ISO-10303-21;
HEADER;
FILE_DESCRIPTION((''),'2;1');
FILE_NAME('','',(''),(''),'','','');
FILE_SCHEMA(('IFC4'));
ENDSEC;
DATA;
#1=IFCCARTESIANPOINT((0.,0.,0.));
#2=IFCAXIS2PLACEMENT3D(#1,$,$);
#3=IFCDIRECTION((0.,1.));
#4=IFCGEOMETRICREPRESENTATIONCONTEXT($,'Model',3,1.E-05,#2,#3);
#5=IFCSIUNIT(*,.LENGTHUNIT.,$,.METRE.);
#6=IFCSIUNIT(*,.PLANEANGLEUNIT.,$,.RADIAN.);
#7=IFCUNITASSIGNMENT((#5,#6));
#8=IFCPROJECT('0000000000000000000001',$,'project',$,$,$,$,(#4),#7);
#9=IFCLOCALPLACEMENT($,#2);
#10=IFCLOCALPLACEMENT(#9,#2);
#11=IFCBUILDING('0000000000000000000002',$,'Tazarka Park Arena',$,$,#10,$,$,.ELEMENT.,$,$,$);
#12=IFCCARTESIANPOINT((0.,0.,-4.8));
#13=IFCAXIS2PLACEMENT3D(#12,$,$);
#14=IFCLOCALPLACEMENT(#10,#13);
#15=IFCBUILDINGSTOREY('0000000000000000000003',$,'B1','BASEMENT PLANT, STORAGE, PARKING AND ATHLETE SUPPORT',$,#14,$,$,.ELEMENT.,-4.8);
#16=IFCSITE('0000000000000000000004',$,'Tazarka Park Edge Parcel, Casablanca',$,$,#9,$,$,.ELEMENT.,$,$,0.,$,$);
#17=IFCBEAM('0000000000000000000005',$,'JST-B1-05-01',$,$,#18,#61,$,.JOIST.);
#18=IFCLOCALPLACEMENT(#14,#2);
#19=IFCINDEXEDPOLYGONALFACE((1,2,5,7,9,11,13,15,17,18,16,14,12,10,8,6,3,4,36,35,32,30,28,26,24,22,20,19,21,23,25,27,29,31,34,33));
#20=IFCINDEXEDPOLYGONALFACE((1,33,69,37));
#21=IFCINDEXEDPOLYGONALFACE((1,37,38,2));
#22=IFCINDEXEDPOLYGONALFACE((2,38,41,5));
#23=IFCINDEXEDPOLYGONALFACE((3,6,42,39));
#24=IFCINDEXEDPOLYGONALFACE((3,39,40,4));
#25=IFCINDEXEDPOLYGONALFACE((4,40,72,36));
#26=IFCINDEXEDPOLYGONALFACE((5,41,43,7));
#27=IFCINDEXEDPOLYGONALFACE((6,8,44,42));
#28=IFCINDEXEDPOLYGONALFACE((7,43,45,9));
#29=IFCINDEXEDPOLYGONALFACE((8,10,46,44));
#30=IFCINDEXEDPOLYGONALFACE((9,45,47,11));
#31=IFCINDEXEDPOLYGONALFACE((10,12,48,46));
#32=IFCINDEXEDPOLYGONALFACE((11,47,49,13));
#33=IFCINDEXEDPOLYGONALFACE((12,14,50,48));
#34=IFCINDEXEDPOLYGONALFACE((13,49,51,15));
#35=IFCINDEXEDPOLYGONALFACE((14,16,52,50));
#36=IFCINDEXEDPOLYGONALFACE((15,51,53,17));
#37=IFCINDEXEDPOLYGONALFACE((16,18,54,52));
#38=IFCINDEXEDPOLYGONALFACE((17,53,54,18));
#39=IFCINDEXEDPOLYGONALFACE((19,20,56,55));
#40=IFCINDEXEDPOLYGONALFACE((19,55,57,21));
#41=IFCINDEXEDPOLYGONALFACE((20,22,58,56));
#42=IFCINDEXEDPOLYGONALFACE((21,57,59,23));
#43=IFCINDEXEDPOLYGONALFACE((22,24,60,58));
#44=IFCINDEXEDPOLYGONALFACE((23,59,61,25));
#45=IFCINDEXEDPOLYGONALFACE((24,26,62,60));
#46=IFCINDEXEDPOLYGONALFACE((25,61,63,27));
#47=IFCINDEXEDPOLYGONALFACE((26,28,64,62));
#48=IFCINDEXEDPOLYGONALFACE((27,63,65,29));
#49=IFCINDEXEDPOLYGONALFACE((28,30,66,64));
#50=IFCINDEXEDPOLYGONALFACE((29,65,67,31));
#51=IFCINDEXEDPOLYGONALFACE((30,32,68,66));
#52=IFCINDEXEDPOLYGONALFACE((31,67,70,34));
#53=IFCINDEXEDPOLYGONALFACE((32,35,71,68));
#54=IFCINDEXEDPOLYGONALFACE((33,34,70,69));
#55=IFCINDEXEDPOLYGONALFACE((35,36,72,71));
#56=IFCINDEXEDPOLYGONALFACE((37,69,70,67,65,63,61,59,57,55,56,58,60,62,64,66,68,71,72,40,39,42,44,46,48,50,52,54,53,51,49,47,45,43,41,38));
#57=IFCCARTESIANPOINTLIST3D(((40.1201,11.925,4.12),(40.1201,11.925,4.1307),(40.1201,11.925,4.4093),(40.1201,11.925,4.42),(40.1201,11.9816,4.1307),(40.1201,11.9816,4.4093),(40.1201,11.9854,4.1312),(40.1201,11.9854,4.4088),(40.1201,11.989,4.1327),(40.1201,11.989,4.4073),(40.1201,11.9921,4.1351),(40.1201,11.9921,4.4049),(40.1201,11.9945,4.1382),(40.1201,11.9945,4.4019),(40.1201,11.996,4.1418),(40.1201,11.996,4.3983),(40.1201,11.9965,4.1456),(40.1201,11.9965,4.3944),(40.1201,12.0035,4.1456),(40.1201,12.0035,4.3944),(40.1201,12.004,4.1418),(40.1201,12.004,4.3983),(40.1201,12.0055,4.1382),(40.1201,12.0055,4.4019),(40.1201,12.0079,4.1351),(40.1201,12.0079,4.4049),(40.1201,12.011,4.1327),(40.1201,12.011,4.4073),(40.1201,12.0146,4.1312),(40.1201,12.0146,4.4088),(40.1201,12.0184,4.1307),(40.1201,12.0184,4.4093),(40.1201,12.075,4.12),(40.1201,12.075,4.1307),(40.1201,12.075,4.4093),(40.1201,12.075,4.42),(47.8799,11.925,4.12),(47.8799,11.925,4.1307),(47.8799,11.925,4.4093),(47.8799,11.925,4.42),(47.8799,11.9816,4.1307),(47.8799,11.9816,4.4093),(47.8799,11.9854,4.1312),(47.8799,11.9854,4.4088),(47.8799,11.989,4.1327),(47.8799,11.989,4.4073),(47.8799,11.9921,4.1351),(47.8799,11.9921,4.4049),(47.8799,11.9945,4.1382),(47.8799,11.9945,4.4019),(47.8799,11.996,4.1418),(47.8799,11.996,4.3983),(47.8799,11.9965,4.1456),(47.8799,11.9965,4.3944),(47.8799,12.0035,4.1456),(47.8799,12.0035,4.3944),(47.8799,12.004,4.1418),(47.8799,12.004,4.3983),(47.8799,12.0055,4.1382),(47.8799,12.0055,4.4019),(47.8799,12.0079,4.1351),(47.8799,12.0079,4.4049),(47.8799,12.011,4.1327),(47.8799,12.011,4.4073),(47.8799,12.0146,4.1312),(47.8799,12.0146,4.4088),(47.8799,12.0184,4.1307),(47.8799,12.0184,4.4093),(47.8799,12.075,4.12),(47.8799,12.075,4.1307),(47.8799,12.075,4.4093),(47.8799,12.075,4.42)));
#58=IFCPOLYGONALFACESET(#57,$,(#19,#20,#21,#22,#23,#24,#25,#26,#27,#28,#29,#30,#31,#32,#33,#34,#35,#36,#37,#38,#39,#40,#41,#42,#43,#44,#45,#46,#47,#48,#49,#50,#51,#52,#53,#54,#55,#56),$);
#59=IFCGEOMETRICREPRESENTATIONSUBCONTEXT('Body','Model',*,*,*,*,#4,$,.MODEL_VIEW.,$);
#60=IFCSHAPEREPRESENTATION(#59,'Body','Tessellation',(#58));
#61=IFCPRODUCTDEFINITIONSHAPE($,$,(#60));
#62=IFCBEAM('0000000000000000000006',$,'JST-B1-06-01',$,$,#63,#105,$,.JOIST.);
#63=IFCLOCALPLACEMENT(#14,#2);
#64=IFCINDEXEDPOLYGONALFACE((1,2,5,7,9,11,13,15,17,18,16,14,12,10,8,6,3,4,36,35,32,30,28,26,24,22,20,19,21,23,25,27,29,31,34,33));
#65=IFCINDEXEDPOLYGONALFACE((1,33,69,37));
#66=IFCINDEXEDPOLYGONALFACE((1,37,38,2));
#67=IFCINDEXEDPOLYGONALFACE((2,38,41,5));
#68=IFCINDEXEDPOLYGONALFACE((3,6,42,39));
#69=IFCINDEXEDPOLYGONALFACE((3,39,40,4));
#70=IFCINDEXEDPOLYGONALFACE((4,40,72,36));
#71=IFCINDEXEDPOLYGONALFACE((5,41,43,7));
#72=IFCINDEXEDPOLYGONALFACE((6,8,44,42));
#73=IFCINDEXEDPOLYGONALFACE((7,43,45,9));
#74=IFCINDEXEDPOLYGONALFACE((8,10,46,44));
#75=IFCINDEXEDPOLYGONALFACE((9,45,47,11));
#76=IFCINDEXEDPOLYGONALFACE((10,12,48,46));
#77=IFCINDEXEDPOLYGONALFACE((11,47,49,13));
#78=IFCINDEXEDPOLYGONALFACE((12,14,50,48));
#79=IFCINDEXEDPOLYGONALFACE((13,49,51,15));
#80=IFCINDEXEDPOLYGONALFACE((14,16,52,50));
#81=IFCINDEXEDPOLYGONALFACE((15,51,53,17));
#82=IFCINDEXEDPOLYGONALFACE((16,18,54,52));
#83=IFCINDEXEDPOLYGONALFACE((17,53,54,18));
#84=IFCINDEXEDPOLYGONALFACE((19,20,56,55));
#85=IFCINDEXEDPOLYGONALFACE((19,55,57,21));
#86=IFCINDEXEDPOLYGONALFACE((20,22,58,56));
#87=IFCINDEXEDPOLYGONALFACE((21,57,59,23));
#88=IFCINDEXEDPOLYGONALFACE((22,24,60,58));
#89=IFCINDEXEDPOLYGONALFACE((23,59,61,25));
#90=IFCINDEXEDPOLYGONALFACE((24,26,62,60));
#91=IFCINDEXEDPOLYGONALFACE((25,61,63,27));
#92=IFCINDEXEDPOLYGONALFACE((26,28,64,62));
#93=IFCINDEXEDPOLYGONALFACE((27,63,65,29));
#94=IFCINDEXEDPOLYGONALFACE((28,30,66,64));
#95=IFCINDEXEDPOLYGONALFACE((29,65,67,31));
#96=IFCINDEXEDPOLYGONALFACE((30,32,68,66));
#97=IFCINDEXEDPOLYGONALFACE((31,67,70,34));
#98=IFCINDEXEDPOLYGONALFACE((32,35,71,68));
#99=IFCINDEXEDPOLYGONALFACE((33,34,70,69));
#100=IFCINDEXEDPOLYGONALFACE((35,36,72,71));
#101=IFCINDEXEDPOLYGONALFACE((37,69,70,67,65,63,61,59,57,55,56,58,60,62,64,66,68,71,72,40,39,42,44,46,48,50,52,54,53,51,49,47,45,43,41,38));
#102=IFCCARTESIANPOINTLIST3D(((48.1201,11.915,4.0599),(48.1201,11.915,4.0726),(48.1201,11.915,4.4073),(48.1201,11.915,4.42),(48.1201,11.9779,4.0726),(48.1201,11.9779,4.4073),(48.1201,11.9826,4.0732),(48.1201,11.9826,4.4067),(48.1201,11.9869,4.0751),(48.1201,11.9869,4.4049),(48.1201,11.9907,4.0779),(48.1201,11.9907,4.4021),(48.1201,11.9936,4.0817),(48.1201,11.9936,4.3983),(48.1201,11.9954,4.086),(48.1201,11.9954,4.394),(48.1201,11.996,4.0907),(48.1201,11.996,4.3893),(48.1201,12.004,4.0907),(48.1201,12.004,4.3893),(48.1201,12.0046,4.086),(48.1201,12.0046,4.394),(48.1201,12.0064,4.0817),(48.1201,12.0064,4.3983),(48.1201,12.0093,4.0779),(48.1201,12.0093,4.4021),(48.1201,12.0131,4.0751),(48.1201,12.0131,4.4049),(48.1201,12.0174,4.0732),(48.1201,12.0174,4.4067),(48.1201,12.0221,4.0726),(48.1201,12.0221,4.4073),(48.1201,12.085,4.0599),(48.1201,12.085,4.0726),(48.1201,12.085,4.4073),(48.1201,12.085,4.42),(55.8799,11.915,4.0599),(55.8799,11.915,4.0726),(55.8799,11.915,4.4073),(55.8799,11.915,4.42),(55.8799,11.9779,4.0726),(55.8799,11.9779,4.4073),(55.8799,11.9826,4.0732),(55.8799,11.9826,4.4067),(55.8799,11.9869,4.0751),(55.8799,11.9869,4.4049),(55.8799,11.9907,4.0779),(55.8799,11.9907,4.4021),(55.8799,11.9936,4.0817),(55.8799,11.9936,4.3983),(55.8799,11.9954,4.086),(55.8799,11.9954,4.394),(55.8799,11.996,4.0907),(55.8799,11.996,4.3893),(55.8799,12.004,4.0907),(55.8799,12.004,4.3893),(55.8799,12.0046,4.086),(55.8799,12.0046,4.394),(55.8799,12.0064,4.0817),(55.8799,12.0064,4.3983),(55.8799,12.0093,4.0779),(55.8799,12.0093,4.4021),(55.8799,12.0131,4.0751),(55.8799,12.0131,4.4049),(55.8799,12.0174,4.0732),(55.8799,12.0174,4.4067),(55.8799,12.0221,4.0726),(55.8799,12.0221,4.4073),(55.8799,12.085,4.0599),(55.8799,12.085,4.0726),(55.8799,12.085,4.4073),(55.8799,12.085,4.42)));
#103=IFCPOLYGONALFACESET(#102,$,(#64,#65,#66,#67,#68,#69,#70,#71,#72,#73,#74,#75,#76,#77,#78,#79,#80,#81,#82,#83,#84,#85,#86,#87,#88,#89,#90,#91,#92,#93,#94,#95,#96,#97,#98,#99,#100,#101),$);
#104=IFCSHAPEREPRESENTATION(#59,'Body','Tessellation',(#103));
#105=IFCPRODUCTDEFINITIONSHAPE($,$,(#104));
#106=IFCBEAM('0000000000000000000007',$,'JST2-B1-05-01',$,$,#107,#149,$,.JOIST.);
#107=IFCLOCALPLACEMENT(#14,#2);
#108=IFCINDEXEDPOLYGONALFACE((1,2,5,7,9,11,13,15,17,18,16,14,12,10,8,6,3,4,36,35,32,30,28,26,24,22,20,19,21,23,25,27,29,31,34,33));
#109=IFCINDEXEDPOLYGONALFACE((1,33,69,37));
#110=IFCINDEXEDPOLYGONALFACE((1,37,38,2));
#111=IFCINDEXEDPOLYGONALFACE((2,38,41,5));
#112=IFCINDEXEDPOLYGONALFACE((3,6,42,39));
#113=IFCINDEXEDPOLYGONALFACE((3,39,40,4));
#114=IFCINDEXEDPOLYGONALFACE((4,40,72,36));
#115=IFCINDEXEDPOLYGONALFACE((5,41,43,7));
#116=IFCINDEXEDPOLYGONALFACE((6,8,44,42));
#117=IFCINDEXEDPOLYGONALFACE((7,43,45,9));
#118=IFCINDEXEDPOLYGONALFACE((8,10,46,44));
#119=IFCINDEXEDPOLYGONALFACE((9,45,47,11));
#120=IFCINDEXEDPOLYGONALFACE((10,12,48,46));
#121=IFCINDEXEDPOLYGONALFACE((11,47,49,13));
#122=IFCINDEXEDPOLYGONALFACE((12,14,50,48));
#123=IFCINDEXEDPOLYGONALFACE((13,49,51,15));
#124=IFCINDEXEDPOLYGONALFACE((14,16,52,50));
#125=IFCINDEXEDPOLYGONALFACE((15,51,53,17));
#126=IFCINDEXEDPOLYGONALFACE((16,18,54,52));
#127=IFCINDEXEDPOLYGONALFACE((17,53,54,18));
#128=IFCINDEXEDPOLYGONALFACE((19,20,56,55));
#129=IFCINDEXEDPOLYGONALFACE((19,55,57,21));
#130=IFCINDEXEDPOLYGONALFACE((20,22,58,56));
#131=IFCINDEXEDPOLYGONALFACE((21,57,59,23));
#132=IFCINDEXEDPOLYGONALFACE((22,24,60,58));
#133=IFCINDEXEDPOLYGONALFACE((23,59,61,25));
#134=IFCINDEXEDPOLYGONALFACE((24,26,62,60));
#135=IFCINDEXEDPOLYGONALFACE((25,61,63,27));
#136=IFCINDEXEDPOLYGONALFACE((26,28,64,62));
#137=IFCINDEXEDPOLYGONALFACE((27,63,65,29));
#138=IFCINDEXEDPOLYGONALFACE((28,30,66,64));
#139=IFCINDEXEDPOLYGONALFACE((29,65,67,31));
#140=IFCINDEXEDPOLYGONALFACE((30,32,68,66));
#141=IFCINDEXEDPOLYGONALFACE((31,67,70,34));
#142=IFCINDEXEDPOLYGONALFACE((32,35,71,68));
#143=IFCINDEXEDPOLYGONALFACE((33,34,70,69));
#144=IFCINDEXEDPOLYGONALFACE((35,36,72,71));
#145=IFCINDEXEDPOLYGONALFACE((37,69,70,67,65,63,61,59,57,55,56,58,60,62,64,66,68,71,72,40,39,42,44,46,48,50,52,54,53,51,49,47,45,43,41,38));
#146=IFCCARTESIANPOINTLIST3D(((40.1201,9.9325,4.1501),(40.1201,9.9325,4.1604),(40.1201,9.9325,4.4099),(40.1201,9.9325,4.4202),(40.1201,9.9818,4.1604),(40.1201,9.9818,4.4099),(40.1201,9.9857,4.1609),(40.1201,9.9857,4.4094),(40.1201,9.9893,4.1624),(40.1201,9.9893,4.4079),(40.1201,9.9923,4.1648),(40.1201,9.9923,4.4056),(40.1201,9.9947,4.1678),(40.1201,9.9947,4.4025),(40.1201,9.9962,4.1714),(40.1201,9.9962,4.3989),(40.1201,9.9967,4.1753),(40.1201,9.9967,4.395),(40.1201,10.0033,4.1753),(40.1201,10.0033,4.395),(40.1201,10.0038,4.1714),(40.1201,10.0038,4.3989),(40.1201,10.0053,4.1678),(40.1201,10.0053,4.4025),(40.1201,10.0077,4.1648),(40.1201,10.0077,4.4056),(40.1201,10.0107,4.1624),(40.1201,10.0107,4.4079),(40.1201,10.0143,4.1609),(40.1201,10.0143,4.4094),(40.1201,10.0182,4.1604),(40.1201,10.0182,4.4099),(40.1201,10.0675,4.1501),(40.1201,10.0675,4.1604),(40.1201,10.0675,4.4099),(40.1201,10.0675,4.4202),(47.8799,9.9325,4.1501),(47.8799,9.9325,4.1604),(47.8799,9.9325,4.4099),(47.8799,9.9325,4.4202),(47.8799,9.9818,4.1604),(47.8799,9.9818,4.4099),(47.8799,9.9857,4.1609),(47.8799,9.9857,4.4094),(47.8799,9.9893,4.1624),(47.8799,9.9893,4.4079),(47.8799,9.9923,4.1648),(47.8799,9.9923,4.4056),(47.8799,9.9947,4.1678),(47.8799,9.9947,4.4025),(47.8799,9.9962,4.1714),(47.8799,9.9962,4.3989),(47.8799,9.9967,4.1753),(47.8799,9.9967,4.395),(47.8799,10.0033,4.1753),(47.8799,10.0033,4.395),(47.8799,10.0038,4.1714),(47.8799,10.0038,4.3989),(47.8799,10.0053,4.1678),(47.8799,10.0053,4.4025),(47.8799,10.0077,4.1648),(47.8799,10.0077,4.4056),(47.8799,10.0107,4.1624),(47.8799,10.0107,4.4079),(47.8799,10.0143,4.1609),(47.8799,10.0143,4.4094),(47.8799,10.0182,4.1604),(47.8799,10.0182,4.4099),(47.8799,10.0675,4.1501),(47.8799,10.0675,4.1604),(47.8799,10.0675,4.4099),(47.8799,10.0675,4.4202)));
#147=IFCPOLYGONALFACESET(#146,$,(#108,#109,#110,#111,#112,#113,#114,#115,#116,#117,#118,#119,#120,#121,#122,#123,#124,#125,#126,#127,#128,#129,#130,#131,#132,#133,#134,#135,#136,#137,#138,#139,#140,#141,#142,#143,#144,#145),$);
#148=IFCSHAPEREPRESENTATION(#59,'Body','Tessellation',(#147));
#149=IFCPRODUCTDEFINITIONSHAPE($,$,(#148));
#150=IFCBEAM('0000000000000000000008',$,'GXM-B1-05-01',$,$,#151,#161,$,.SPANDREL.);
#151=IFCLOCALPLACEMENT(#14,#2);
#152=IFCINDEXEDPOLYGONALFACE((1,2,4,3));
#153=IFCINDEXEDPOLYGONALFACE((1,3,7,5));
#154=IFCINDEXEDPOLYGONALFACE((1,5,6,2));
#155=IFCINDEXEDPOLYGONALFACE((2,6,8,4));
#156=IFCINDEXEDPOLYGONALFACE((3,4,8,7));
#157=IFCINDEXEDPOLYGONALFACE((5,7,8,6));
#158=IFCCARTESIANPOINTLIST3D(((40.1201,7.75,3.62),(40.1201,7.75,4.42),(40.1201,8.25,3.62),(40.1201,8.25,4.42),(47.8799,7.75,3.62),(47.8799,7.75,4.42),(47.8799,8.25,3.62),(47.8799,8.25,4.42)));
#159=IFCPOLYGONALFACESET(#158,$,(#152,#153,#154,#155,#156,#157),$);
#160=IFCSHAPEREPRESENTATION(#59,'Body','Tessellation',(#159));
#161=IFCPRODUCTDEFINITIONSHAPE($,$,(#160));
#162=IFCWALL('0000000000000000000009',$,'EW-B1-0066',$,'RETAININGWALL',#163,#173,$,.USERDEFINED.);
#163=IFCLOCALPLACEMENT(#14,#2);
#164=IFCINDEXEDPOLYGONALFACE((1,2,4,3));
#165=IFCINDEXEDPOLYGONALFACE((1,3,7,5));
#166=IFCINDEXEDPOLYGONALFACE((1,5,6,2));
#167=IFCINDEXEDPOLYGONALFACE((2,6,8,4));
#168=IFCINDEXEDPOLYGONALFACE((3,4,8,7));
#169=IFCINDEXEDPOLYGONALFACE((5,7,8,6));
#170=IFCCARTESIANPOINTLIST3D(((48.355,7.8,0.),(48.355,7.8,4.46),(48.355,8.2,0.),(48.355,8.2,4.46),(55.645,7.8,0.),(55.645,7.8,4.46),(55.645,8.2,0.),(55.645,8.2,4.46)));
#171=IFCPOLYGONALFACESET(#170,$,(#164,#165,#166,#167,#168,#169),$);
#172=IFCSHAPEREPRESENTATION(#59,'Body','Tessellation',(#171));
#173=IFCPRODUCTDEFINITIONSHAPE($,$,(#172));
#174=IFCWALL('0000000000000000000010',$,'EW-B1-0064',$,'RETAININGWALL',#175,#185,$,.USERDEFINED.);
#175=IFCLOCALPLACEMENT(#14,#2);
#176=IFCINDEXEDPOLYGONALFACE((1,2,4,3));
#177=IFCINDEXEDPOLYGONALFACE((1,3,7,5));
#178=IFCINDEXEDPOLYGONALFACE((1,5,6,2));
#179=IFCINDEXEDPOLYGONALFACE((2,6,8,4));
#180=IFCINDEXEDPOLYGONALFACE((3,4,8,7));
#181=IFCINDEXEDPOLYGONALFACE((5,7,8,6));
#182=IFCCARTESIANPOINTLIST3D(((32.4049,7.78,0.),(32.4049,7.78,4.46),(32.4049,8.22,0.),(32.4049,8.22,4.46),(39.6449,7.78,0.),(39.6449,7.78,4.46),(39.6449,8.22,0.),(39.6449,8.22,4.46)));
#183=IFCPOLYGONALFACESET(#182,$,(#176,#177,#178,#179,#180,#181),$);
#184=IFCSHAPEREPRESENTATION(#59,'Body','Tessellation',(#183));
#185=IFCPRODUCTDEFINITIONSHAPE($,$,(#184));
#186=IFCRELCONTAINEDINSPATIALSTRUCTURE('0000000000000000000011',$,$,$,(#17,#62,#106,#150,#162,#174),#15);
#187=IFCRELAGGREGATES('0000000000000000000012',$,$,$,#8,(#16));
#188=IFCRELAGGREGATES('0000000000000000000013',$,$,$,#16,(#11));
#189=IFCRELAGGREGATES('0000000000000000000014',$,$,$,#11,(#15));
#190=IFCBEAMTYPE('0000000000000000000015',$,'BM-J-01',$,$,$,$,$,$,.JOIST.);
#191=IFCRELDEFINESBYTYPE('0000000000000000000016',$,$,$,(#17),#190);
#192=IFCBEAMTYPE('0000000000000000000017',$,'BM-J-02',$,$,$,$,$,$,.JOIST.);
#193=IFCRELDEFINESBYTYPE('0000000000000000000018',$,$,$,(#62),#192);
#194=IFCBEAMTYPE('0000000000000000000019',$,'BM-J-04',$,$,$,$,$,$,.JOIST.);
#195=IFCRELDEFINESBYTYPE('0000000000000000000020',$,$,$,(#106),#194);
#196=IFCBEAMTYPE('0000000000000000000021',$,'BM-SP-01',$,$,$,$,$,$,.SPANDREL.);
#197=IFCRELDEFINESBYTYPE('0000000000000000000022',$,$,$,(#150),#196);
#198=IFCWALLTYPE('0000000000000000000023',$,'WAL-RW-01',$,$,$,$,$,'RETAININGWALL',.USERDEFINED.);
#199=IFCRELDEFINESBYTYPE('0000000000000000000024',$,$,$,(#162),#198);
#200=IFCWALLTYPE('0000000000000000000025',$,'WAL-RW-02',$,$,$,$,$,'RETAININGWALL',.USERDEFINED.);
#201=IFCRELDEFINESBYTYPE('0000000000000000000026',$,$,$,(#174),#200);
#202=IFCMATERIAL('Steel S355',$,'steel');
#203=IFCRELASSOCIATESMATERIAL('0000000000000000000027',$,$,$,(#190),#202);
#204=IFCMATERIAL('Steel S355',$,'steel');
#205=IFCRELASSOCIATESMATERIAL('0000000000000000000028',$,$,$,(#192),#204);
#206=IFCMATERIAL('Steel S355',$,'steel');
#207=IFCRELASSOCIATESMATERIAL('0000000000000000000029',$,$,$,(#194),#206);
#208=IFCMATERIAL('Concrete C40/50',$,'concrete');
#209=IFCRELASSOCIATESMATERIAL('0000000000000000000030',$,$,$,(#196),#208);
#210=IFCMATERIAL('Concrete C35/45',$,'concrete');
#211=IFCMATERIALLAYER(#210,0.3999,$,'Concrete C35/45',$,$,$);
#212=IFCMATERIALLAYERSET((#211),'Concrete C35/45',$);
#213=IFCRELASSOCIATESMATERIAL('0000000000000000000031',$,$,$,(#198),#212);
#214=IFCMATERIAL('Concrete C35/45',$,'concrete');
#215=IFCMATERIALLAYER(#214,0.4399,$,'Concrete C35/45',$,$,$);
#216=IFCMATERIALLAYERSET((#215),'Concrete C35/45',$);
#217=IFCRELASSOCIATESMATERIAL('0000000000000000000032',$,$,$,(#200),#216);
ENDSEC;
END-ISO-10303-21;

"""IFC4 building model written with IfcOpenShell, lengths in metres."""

from ifc_helpers import new_model, si_unit, direction, frame, frame_2d, origin, origin_2d, place, context, subcontext, project, spatial, rectangle, i_section, extrude, material, layer, layer_set, material_profile, profile_set, type_object, element, save


model = new_model("IFC4")

# Units and contexts
model_context = context("Model", 3, precision=1e-05, world=origin(), true_north=direction((0.0, 1.0)))
body_context = subcontext(model_context, "Body", "Model", "MODEL_VIEW")
ifc_project = project(units=[si_unit("LENGTHUNIT", "METRE"), si_unit("PLANEANGLEUNIT", "RADIAN")], contexts=[model_context])

# Site, building, storey
site_placement = place(None, origin())
site = spatial("IfcSite", under=ifc_project, at=site_placement, Name="Tazarka Park Edge Parcel, Casablanca", CompositionType="ELEMENT", RefElevation=0.0)
building_placement = place(site_placement, origin())
building = spatial("IfcBuilding", under=site, at=building_placement, Name="Tazarka Park Arena", CompositionType="ELEMENT")
storey_placement = place(building_placement, frame((0.0, 0.0, -4.8)))
storey = spatial("IfcBuildingStorey", under=building, at=storey_placement, Name="B1", Description="BASEMENT PLANT, STORAGE, PARKING AND ATHLETE SUPPORT", CompositionType="ELEMENT", Elevation=-4.8)

# Beams
ifc_material_1 = material(Name="Steel S355", Category="steel")
ifc_material_profile_1 = material_profile(ifc_material_1, i_section(OverallWidth=0.1499, OverallDepth=0.3, WebThickness=0.0071, FlangeThickness=0.0107, FilletRadius=0.0149, at=origin_2d()), Name="Steel S355")
ifc_profile_set_1 = profile_set([ifc_material_profile_1], Name="Steel S355")
beam_type_1 = type_object("IfcBeamType", Name="BM-J-01", PredefinedType="JOIST", material=ifc_profile_set_1)
beam_1_placement = place(storey_placement, frame((40.1201, 12.0, 4.27), z_axis=(1.0, 0.0, 0.0), x_axis=(0.0, 1.0, 0.0)))
element("IfcBeam", 1, at=beam_1_placement, inside=storey, type_object=beam_type_1, Name="JST-B1-05-01", PredefinedType="JOIST", context=body_context, shape_type="SweptSolid", body=[
    extrude(i_section(OverallWidth=0.1499, OverallDepth=0.3, WebThickness=0.0071, FlangeThickness=0.0107, FilletRadius=0.0149, at=origin_2d()), origin(), (0.0, 0.0, 1.0), 7.7598),
])
ifc_material_2 = material(Name="Steel S355", Category="steel")
ifc_material_profile_2 = material_profile(ifc_material_2, i_section(OverallWidth=0.1699, OverallDepth=0.3601, WebThickness=0.0081, FlangeThickness=0.0127, FilletRadius=0.0181, at=origin_2d()), Name="Steel S355")
ifc_profile_set_2 = profile_set([ifc_material_profile_2], Name="Steel S355")
beam_type_2 = type_object("IfcBeamType", Name="BM-J-02", PredefinedType="JOIST", material=ifc_profile_set_2)
beam_2_placement = place(storey_placement, frame((48.1201, 12.0, 4.24), z_axis=(1.0, 0.0, 0.0), x_axis=(0.0, 1.0, 0.0)))
element("IfcBeam", 2, at=beam_2_placement, inside=storey, type_object=beam_type_2, Name="JST-B1-06-01", PredefinedType="JOIST", context=body_context, shape_type="SweptSolid", body=[
    extrude(i_section(OverallWidth=0.1699, OverallDepth=0.3601, WebThickness=0.0081, FlangeThickness=0.0127, FilletRadius=0.0181, at=origin_2d()), origin(), (0.0, 0.0, 1.0), 7.7598),
])
ifc_material_3 = material(Name="Steel S355", Category="steel")
ifc_material_profile_3 = material_profile(ifc_material_3, i_section(OverallWidth=0.135, OverallDepth=0.27, WebThickness=0.0066, FlangeThickness=0.0103, FilletRadius=0.0149, at=origin_2d()), Name="Steel S355")
ifc_profile_set_3 = profile_set([ifc_material_profile_3], Name="Steel S355")
beam_type_3 = type_object("IfcBeamType", Name="BM-J-04", PredefinedType="JOIST", material=ifc_profile_set_3)
beam_3_placement = place(storey_placement, frame((40.1201, 10.0, 4.2852), z_axis=(1.0, 0.0, 0.0), x_axis=(0.0, 1.0, 0.0)))
element("IfcBeam", 3, at=beam_3_placement, inside=storey, type_object=beam_type_3, Name="JST2-B1-05-01", PredefinedType="JOIST", context=body_context, shape_type="SweptSolid", body=[
    extrude(i_section(OverallWidth=0.135, OverallDepth=0.27, WebThickness=0.0066, FlangeThickness=0.0103, FilletRadius=0.0149, at=origin_2d()), origin(), (0.0, 0.0, 1.0), 7.7598),
])
ifc_material_4 = material(Name="Concrete C40/50", Category="concrete")
ifc_material_profile_4 = material_profile(ifc_material_4, rectangle(XDim=0.5, YDim=0.8, at=origin_2d()), Name="Concrete C40/50")
ifc_profile_set_4 = profile_set([ifc_material_profile_4], Name="Concrete C40/50")
beam_type_4 = type_object("IfcBeamType", Name="BM-SP-01", PredefinedType="SPANDREL", material=ifc_profile_set_4)
beam_4_placement = place(storey_placement, frame((40.1201, 8.0, 4.02), z_axis=(1.0, 0.0, 0.0), x_axis=(0.0, 1.0, 0.0)))
element("IfcBeam", 4, at=beam_4_placement, inside=storey, type_object=beam_type_4, Name="GXM-B1-05-01", PredefinedType="SPANDREL", context=body_context, shape_type="SweptSolid", body=[
    extrude(rectangle(XDim=0.5, YDim=0.8, at=origin_2d()), origin(), (0.0, 0.0, 1.0), 7.7598),
])

# Walls
ifc_material_5 = material(Name="Concrete C35/45", Category="concrete")
ifc_layer_1 = layer(ifc_material_5, 0.3999, Name="Concrete C35/45")
ifc_layer_set_1 = layer_set([ifc_layer_1], Name="Concrete C35/45")
wall_type_1 = type_object("IfcWallType", Name="WAL-RW-01", ElementType="RETAININGWALL", PredefinedType="USERDEFINED", material=ifc_layer_set_1)
wall_1_placement = place(storey_placement, frame((55.645, 8.0, 0.0), z_axis=(0.0, 0.0, 1.0), x_axis=(-1.0, 0.0, 0.0)))
element("IfcWall", 5, at=wall_1_placement, inside=storey, type_object=wall_type_1, Name="EW-B1-0066", ObjectType="RETAININGWALL", PredefinedType="USERDEFINED", context=body_context, shape_type="SweptSolid", body=[
    extrude(rectangle(XDim=7.29, YDim=0.3999, at=frame_2d((3.645, 0.0))), origin(), (0.0, 0.0, 1.0), 4.46),
])
ifc_material_6 = material(Name="Concrete C35/45", Category="concrete")
ifc_layer_2 = layer(ifc_material_6, 0.4399, Name="Concrete C35/45")
ifc_layer_set_2 = layer_set([ifc_layer_2], Name="Concrete C35/45")
wall_type_2 = type_object("IfcWallType", Name="WAL-RW-02", ElementType="RETAININGWALL", PredefinedType="USERDEFINED", material=ifc_layer_set_2)
wall_2_placement = place(storey_placement, frame((39.645, 8.0, 0.0), z_axis=(0.0, 0.0, 1.0), x_axis=(-1.0, 0.0, 0.0)))
element("IfcWall", 6, at=wall_2_placement, inside=storey, type_object=wall_type_2, Name="EW-B1-0064", ObjectType="RETAININGWALL", PredefinedType="USERDEFINED", context=body_context, shape_type="SweptSolid", body=[
    extrude(rectangle(XDim=7.24, YDim=0.4399, at=frame_2d((3.6201, 0.0))), origin(), (0.0, 0.0, 1.0), 4.46),
])

save(model, "model.ifc")
